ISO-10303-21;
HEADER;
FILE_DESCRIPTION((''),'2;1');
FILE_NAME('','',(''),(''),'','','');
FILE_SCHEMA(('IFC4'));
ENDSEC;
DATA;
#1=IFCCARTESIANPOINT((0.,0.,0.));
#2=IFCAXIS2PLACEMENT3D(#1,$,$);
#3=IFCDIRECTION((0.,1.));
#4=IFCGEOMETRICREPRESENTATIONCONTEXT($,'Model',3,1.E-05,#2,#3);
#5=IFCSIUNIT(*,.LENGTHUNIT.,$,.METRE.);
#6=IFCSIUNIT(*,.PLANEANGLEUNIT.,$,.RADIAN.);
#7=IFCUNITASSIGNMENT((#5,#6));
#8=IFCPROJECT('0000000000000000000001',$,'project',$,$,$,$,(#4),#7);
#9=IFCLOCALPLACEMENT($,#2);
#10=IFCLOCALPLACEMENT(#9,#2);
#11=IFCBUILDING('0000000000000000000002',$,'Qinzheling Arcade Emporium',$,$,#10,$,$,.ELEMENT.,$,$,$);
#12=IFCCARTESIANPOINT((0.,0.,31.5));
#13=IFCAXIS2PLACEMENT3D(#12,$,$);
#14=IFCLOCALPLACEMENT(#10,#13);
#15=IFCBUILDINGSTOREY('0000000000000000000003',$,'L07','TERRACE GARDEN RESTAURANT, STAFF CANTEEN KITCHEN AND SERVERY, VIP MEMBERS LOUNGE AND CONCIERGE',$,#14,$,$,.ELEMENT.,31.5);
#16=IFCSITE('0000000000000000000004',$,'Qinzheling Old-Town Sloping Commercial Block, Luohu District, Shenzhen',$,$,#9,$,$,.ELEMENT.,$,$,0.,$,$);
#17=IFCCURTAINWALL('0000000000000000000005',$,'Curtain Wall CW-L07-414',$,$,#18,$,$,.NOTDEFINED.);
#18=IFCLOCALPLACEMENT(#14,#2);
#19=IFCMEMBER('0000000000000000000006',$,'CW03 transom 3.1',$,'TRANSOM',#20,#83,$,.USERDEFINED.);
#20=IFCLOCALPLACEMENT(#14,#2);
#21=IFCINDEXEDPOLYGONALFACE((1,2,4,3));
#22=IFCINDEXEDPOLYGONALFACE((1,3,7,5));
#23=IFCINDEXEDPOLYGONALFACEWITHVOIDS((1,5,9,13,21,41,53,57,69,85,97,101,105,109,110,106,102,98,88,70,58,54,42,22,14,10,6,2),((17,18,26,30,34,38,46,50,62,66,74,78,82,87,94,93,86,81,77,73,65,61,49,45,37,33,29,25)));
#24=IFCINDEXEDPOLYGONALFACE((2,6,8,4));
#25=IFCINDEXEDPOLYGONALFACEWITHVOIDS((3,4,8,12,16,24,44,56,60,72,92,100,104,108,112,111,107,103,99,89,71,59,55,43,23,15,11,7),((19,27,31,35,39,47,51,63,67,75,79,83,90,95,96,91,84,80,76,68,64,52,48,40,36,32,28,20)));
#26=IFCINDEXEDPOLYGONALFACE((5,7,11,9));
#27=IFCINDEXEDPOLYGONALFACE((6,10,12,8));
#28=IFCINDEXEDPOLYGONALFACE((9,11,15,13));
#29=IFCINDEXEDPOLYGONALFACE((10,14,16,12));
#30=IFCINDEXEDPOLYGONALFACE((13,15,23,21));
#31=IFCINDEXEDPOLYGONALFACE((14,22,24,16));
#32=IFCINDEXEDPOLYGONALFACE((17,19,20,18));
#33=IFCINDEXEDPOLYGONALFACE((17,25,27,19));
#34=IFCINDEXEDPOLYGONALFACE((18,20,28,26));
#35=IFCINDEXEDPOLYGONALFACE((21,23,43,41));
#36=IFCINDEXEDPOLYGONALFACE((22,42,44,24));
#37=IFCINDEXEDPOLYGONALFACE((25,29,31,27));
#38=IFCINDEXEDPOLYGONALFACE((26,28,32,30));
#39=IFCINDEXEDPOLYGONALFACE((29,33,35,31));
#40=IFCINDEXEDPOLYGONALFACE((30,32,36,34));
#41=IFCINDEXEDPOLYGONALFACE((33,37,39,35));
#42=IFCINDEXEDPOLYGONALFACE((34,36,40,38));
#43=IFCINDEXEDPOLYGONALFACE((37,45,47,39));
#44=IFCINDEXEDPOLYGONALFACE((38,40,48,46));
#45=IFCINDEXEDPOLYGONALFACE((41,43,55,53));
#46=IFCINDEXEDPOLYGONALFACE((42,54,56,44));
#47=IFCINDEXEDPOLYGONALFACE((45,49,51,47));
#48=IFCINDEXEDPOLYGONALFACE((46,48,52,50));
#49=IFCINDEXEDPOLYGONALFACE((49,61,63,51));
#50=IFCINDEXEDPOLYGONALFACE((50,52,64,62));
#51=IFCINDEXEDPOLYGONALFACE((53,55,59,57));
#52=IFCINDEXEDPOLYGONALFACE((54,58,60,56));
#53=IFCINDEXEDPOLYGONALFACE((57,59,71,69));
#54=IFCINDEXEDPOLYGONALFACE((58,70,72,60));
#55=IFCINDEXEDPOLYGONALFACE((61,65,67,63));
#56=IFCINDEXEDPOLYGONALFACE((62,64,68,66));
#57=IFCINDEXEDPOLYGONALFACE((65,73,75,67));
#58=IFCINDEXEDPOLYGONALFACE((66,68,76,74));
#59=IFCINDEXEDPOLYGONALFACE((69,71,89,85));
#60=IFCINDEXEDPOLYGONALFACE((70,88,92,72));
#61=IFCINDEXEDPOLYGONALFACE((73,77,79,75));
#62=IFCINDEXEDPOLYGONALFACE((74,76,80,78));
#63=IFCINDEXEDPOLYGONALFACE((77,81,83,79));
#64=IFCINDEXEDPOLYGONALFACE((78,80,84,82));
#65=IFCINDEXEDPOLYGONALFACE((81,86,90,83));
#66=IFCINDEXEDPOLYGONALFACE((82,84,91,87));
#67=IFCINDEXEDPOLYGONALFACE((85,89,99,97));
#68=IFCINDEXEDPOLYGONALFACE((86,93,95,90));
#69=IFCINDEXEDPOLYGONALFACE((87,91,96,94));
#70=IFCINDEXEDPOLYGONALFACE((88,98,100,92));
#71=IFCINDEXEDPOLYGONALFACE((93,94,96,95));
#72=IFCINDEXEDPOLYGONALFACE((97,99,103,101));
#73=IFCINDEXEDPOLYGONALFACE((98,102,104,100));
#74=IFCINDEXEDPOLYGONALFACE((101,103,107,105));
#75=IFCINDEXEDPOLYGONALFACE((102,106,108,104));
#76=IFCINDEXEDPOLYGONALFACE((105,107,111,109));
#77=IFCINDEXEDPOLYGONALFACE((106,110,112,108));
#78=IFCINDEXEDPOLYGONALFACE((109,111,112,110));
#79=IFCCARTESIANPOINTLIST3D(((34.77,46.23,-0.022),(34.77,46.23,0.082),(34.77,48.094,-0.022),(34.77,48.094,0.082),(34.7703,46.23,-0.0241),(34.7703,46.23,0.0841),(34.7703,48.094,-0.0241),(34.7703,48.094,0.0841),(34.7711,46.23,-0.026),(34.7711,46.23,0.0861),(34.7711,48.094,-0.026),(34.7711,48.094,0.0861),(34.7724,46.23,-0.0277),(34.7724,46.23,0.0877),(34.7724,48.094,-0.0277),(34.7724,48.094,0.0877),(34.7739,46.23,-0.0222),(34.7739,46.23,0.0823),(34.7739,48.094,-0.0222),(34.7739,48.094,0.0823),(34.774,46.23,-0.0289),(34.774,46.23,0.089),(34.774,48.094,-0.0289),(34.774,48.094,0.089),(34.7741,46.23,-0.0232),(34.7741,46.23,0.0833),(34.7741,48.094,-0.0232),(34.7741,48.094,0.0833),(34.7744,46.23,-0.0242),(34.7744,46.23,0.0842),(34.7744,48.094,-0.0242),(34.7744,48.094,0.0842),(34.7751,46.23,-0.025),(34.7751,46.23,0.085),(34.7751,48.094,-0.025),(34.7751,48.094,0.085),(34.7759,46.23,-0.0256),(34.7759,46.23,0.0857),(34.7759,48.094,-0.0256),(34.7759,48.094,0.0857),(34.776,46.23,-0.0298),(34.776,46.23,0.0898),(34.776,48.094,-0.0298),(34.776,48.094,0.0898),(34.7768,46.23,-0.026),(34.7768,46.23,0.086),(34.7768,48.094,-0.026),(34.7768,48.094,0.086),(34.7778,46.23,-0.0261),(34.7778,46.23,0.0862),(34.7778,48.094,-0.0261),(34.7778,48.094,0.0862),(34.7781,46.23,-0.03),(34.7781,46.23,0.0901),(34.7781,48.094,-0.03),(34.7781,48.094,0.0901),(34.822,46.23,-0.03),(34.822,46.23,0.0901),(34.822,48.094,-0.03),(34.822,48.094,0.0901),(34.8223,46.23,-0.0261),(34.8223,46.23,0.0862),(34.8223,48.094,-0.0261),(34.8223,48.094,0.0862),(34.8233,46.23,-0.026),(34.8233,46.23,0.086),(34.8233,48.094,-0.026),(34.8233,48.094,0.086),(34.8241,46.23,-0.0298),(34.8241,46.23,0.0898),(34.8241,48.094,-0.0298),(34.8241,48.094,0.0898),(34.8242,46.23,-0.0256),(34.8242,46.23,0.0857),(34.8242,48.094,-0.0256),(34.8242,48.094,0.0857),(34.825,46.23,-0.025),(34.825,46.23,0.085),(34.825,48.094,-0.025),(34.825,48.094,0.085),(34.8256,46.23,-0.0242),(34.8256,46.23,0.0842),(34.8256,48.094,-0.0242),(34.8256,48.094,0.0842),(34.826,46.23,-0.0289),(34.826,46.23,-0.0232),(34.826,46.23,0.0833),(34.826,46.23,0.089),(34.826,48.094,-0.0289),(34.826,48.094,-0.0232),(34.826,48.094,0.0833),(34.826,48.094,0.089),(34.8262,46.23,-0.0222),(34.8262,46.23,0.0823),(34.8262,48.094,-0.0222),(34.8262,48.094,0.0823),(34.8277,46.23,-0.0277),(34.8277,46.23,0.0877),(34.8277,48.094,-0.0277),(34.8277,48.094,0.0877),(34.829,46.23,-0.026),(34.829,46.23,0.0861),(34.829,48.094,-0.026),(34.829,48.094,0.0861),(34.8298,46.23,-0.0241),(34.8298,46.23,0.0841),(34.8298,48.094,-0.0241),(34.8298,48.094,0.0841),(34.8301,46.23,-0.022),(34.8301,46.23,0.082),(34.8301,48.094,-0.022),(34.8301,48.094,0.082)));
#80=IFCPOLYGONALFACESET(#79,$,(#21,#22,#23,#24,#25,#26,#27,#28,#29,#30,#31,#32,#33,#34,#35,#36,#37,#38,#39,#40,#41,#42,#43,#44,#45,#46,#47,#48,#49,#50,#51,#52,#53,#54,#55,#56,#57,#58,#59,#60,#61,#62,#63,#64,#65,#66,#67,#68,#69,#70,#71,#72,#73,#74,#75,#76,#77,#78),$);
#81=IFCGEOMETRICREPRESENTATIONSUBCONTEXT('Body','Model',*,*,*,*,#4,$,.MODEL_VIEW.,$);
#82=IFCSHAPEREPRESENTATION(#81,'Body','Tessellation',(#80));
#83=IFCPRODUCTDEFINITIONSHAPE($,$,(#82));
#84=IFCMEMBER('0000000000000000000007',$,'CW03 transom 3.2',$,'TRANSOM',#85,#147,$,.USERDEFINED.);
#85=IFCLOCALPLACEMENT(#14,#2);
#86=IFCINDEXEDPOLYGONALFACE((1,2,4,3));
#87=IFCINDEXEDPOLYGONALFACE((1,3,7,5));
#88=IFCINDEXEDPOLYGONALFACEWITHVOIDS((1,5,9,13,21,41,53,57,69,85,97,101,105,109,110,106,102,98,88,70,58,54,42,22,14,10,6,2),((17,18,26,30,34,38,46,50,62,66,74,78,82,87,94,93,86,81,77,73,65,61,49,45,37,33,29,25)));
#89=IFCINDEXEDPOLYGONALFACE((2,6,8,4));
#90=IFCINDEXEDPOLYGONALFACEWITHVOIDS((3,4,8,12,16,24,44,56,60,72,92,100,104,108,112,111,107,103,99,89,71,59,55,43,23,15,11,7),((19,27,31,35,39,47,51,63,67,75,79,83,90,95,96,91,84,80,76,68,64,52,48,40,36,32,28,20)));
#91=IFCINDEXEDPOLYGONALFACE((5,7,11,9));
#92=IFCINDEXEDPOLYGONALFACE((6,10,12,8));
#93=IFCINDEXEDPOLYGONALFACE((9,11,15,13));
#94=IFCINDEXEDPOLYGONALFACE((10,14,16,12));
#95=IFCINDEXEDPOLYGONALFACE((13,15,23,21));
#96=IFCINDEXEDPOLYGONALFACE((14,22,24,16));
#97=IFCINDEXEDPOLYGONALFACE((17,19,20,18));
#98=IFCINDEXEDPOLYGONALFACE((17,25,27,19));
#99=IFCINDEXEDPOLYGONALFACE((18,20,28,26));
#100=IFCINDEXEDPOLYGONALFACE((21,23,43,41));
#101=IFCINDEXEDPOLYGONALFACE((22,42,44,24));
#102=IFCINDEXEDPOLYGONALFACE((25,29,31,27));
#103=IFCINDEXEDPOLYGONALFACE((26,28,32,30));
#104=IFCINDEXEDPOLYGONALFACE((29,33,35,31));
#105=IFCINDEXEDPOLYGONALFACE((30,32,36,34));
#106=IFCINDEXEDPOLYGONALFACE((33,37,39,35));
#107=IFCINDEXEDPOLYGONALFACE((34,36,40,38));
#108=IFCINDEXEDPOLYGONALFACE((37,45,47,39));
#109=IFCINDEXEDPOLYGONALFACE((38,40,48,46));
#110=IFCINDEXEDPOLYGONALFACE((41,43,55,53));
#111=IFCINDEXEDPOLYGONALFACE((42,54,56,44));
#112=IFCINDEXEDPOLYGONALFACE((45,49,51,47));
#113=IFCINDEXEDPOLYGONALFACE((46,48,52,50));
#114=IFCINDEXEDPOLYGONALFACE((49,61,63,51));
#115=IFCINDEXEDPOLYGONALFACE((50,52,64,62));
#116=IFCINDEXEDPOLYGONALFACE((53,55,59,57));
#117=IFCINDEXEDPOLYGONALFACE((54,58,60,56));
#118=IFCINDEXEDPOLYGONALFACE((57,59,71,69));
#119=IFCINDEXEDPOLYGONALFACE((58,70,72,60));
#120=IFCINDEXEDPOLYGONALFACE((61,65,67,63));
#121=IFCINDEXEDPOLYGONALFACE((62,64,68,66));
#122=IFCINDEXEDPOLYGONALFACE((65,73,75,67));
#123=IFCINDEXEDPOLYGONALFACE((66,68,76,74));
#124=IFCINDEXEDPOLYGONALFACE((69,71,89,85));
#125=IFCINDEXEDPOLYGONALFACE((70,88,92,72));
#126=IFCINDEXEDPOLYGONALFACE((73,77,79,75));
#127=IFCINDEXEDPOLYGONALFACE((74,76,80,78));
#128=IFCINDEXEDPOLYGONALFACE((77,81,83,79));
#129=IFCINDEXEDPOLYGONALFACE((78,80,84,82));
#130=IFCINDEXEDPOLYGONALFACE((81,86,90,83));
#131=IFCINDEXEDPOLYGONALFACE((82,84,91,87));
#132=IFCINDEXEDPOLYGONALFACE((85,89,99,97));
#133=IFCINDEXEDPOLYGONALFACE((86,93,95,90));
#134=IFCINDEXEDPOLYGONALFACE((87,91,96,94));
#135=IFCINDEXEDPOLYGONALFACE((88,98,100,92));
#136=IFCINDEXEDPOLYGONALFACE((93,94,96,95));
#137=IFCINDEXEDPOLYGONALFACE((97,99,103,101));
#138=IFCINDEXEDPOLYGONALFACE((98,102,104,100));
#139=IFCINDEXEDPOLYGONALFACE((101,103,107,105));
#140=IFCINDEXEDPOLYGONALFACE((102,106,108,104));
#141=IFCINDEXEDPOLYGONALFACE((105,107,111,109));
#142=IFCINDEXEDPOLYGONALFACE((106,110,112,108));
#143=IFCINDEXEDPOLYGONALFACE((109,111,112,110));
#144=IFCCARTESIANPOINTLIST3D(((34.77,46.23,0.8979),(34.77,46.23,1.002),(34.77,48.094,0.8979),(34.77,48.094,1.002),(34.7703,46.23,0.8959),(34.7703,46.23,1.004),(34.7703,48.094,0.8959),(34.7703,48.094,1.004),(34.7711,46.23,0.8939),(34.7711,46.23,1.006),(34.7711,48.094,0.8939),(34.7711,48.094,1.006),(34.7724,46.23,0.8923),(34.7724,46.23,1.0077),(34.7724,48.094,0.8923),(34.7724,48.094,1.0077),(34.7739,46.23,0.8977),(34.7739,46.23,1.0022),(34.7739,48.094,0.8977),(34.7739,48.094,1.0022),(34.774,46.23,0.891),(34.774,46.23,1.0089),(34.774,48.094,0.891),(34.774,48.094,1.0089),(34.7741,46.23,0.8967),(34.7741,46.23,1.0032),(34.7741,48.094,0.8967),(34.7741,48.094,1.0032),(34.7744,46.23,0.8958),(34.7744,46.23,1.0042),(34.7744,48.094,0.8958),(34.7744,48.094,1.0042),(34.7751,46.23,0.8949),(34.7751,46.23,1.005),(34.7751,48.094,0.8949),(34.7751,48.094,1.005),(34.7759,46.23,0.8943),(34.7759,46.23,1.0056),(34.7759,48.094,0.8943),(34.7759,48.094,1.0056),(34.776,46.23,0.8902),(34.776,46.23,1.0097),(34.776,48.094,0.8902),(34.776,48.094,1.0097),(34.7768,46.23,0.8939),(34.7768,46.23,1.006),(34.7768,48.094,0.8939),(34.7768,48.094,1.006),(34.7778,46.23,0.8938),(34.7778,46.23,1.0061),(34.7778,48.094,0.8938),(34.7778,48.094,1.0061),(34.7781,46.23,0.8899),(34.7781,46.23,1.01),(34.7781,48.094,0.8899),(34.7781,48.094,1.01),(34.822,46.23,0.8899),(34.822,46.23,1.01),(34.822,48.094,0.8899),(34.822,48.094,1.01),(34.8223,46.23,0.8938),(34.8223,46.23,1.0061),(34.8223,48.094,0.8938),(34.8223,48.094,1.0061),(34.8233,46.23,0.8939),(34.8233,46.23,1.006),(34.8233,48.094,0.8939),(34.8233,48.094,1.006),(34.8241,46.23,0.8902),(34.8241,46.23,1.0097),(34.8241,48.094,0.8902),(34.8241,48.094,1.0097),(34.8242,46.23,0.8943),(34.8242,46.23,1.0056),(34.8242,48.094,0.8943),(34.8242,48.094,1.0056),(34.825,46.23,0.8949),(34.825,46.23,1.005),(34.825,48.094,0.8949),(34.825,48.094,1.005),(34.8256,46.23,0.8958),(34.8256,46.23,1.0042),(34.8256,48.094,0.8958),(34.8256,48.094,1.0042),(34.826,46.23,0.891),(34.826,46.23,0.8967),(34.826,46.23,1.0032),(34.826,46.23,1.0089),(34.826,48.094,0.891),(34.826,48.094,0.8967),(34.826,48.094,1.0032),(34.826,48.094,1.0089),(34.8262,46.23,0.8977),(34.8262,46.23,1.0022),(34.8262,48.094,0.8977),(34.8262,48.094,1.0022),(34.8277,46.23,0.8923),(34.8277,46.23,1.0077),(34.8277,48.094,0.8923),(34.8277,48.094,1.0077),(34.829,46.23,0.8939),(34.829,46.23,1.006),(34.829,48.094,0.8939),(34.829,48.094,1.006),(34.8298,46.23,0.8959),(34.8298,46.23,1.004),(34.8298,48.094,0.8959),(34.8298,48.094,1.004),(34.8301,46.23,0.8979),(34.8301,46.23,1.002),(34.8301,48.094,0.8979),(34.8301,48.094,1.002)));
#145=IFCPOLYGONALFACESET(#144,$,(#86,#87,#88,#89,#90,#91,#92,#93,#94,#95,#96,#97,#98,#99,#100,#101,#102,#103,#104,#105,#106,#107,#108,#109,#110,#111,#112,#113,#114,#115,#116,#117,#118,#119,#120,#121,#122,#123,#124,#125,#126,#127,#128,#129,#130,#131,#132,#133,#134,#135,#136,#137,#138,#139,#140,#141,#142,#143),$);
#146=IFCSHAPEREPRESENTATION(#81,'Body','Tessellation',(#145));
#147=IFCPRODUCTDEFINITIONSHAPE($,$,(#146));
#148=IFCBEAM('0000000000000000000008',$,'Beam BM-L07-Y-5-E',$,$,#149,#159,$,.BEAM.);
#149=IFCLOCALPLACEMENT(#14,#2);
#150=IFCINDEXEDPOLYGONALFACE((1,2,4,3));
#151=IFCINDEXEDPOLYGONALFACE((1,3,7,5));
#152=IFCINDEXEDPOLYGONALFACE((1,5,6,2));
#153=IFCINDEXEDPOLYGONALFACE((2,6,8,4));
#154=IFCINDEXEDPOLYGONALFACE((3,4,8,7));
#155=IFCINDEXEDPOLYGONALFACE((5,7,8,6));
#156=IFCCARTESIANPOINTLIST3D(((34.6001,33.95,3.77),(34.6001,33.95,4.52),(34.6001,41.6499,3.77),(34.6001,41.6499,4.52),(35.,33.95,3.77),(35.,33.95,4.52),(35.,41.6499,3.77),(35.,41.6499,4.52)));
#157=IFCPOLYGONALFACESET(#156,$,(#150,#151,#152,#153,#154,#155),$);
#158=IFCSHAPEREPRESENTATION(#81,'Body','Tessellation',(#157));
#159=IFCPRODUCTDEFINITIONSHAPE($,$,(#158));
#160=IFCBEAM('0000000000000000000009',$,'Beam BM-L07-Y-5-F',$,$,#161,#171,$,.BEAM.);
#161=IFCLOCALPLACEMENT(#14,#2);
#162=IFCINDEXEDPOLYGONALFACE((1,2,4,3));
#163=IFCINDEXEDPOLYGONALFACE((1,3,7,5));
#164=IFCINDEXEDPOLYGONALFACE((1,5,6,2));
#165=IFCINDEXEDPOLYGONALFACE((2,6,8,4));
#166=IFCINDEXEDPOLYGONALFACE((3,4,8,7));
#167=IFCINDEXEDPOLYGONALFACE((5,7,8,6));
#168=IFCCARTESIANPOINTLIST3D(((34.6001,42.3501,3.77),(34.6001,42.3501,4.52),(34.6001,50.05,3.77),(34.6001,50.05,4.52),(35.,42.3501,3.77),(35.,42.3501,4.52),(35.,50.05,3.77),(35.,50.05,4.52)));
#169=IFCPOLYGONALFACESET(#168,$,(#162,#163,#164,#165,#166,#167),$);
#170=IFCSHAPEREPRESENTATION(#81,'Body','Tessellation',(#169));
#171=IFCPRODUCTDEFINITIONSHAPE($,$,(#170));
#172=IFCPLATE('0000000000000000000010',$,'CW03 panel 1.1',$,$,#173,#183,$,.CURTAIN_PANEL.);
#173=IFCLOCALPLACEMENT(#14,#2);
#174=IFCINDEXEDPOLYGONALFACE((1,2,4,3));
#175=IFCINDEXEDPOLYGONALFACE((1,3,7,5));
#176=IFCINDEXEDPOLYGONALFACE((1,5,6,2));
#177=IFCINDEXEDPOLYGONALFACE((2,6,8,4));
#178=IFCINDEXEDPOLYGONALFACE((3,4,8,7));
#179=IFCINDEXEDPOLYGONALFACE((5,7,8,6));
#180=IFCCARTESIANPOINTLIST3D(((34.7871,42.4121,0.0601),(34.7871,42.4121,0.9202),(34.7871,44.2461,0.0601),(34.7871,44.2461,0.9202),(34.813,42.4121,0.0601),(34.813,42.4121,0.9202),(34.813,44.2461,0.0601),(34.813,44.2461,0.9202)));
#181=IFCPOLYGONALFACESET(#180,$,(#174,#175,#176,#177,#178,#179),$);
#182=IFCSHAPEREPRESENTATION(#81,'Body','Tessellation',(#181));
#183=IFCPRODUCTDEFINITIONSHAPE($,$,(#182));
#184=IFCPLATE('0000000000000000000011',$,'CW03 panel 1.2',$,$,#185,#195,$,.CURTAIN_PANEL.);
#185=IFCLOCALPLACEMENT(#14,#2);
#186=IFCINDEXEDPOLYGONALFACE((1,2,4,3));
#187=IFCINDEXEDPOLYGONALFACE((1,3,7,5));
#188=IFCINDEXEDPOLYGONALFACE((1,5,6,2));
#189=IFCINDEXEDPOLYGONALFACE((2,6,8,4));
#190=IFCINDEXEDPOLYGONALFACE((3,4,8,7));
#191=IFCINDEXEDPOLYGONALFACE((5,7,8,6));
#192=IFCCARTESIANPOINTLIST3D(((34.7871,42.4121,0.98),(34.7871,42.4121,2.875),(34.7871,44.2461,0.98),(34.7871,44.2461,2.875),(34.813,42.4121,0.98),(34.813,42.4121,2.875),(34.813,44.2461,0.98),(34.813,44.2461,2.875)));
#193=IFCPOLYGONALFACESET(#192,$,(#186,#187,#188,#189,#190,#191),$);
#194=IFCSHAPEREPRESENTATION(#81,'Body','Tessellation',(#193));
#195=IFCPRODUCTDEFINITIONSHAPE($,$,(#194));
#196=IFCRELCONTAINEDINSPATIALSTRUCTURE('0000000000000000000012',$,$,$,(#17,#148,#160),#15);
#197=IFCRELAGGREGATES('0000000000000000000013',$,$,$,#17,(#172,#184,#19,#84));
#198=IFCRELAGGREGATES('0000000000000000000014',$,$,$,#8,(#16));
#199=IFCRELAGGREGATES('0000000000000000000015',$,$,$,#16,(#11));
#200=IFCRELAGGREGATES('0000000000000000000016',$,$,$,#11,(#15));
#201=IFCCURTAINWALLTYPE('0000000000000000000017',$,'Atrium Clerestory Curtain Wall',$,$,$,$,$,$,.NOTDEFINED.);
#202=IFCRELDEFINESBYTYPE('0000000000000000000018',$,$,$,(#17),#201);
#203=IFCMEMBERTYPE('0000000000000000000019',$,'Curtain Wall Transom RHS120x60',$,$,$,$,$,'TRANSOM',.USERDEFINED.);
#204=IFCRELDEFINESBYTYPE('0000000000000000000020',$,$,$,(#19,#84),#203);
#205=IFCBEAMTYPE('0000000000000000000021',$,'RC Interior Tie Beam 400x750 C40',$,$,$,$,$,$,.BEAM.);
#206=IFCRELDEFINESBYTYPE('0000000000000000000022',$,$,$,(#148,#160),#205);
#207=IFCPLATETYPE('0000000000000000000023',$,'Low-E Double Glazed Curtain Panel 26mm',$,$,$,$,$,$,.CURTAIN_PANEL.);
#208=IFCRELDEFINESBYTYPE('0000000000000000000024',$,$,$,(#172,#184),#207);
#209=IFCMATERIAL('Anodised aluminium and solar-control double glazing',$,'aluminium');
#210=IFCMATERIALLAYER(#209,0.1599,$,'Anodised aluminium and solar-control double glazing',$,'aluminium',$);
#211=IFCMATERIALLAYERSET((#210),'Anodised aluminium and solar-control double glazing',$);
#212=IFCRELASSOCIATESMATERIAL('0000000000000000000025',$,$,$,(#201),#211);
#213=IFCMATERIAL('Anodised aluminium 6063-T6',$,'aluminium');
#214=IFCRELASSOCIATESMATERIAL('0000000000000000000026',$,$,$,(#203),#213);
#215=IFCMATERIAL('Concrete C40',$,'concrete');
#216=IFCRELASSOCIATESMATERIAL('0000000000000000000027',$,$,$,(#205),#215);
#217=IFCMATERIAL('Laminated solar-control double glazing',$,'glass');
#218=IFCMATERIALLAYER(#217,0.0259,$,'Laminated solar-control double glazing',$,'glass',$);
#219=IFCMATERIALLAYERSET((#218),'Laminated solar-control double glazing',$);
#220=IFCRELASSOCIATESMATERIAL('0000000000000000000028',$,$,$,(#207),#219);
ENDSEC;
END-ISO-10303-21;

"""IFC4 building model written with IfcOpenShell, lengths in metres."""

from ifc_helpers import new_model, si_unit, direction, frame, origin, origin_2d, place, context, subcontext, project, spatial, rectangle, hollow_rectangle, extrude, material, layer, layer_set, material_profile, profile_set, type_object, element, aggregate, save


model = new_model("IFC4")

# Units and contexts
model_context = context("Model", 3, precision=1e-05, world=origin(), true_north=direction((0.0, 1.0)))
body_context = subcontext(model_context, "Body", "Model", "MODEL_VIEW")
ifc_project = project(units=[si_unit("LENGTHUNIT", "METRE"), si_unit("PLANEANGLEUNIT", "RADIAN")], contexts=[model_context])

# Site, building, storey
site_placement = place(None, origin())
site = spatial("IfcSite", under=ifc_project, at=site_placement, Name="Qinzheling Old-Town Sloping Commercial Block, Luohu District, Shenzhen", CompositionType="ELEMENT", RefElevation=0.0)
building_placement = place(site_placement, origin())
building = spatial("IfcBuilding", under=site, at=building_placement, Name="Qinzheling Arcade Emporium", CompositionType="ELEMENT")
storey_placement = place(building_placement, frame((0.0, 0.0, 31.5)))
storey = spatial("IfcBuildingStorey", under=building, at=storey_placement, Name="L07", Description="TERRACE GARDEN RESTAURANT, STAFF CANTEEN KITCHEN AND SERVERY, VIP MEMBERS LOUNGE AND CONCIERGE", CompositionType="ELEMENT", Elevation=31.5)

# Shared definitions
ifc_material_1 = material(Name="Concrete C40", Category="concrete")

# Shared definitions
ifc_material_2 = material(Name="Anodised aluminium and solar-control double glazing", Category="aluminium")
ifc_layer_1 = layer(ifc_material_2, 0.1599, Name="Anodised aluminium and solar-control double glazing", Category="aluminium")
ifc_layer_set_1 = layer_set([ifc_layer_1], Name="Anodised aluminium and solar-control double glazing")
curtain_wall_type = type_object("IfcCurtainWallType", Name="Atrium Clerestory Curtain Wall", PredefinedType="NOTDEFINED", material=ifc_layer_set_1)
ifc_material_3 = material(Name="Anodised aluminium 6063-T6", Category="aluminium")

# Curtain wall, members
curtain_wall_1_placement = place(storey_placement, origin())
curtain_wall_1 = element("IfcCurtainWall", 1, at=curtain_wall_1_placement, inside=storey, type_object=curtain_wall_type, Name="Curtain Wall CW-L07-414", PredefinedType="NOTDEFINED")
ifc_material_profile_1 = material_profile(ifc_material_3, hollow_rectangle(XDim=0.0601, YDim=0.1201, WallThickness=0.0039, InnerFilletRadius=0.0039, OuterFilletRadius=0.0081, at=origin_2d()), Name="RHS 120x60x4", Category="aluminium")
ifc_profile_set_1 = profile_set([ifc_material_profile_1], Name="Anodised aluminium 6063-T6")
member_type_1 = type_object("IfcMemberType", Name="Curtain Wall Transom RHS120x60", ElementType="TRANSOM", PredefinedType="USERDEFINED", material=ifc_profile_set_1)
member_1_placement = place(storey_placement, frame((34.8, 46.23, 0.03), z_axis=(0.0, 1.0, 0.0), x_axis=(-1.0, 0.0, 0.0)))
member_1 = element("IfcMember", 2, at=member_1_placement, type_object=member_type_1, Name="CW03 transom 3.1", ObjectType="TRANSOM", PredefinedType="USERDEFINED", context=body_context, shape_type="SweptSolid", body=[
    extrude(hollow_rectangle(XDim=0.0601, YDim=0.1201, WallThickness=0.0039, InnerFilletRadius=0.0039, OuterFilletRadius=0.0081, at=origin_2d()), origin(), (0.0, 0.0, 1.0), 1.864),
])
member_2_placement = place(storey_placement, frame((34.8, 46.23, 0.95), z_axis=(0.0, 1.0, 0.0), x_axis=(-1.0, 0.0, 0.0)))
member_2 = element("IfcMember", 3, at=member_2_placement, type_object=member_type_1, Name="CW03 transom 3.2", ObjectType="TRANSOM", PredefinedType="USERDEFINED", context=body_context, shape_type="SweptSolid", body=[
    extrude(hollow_rectangle(XDim=0.0601, YDim=0.1201, WallThickness=0.0039, InnerFilletRadius=0.0039, OuterFilletRadius=0.0081, at=origin_2d()), origin(), (0.0, 0.0, 1.0), 1.864),
])

# Beams
ifc_material_profile_2 = material_profile(ifc_material_1, rectangle(XDim=0.3999, YDim=0.75, at=origin_2d()), Name="RC 400x750", Category="concrete")
ifc_profile_set_2 = profile_set([ifc_material_profile_2], Name="Concrete C40")
beam_type = type_object("IfcBeamType", Name="RC Interior Tie Beam 400x750 C40", PredefinedType="BEAM", material=ifc_profile_set_2)
for number, where, z_axis, x_axis, name in (
    (4, (34.8, 33.95, 4.145), (0.0, 1.0, 0.0), (-1.0, 0.0, 0.0), "Beam BM-L07-Y-5-E"),
    (5, (34.8, 42.3501, 4.145), (0.0, 1.0, 0.0), (-1.0, 0.0, 0.0), "Beam BM-L07-Y-5-F"),
):
    element("IfcBeam", number, at=place(storey_placement, frame(where, z_axis=z_axis, x_axis=x_axis)), inside=storey, type_object=beam_type, Name=name, PredefinedType="BEAM", context=body_context, shape_type="SweptSolid", body=[
        extrude(rectangle(XDim=0.3999, YDim=0.75, at=origin_2d()), origin(), (0.0, 0.0, 1.0), 7.7),
    ])

# Plates
ifc_material_4 = material(Name="Laminated solar-control double glazing", Category="glass")
ifc_layer_2 = layer(ifc_material_4, 0.0259, Name="Laminated solar-control double glazing", Category="glass")
ifc_layer_set_2 = layer_set([ifc_layer_2], Name="Laminated solar-control double glazing")
plate_type = type_object("IfcPlateType", Name="Low-E Double Glazed Curtain Panel 26mm", PredefinedType="CURTAIN_PANEL", material=ifc_layer_set_2)
plate_1_placement = place(storey_placement, frame((34.8, 43.3291, 0.0601), z_axis=(0.0, 0.0, 1.0), x_axis=(0.0, 1.0, 0.0)))
plate_1 = element("IfcPlate", 6, at=plate_1_placement, type_object=plate_type, Name="CW03 panel 1.1", PredefinedType="CURTAIN_PANEL", context=body_context, shape_type="SweptSolid", body=[
    extrude(rectangle(XDim=1.834, YDim=0.0259, at=origin_2d()), origin(), (0.0, 0.0, 1.0), 0.8601),
])
plate_2_placement = place(storey_placement, frame((34.8, 43.3291, 0.98), z_axis=(0.0, 0.0, 1.0), x_axis=(0.0, 1.0, 0.0)))
plate_2 = element("IfcPlate", 7, at=plate_2_placement, type_object=plate_type, Name="CW03 panel 1.2", PredefinedType="CURTAIN_PANEL", context=body_context, shape_type="SweptSolid", body=[
    extrude(rectangle(XDim=1.834, YDim=0.0259, at=origin_2d()), origin(), (0.0, 0.0, 1.0), 1.895),
])
aggregate(curtain_wall_1, [plate_1, plate_2, member_1, member_2])

save(model, "model.ifc")
